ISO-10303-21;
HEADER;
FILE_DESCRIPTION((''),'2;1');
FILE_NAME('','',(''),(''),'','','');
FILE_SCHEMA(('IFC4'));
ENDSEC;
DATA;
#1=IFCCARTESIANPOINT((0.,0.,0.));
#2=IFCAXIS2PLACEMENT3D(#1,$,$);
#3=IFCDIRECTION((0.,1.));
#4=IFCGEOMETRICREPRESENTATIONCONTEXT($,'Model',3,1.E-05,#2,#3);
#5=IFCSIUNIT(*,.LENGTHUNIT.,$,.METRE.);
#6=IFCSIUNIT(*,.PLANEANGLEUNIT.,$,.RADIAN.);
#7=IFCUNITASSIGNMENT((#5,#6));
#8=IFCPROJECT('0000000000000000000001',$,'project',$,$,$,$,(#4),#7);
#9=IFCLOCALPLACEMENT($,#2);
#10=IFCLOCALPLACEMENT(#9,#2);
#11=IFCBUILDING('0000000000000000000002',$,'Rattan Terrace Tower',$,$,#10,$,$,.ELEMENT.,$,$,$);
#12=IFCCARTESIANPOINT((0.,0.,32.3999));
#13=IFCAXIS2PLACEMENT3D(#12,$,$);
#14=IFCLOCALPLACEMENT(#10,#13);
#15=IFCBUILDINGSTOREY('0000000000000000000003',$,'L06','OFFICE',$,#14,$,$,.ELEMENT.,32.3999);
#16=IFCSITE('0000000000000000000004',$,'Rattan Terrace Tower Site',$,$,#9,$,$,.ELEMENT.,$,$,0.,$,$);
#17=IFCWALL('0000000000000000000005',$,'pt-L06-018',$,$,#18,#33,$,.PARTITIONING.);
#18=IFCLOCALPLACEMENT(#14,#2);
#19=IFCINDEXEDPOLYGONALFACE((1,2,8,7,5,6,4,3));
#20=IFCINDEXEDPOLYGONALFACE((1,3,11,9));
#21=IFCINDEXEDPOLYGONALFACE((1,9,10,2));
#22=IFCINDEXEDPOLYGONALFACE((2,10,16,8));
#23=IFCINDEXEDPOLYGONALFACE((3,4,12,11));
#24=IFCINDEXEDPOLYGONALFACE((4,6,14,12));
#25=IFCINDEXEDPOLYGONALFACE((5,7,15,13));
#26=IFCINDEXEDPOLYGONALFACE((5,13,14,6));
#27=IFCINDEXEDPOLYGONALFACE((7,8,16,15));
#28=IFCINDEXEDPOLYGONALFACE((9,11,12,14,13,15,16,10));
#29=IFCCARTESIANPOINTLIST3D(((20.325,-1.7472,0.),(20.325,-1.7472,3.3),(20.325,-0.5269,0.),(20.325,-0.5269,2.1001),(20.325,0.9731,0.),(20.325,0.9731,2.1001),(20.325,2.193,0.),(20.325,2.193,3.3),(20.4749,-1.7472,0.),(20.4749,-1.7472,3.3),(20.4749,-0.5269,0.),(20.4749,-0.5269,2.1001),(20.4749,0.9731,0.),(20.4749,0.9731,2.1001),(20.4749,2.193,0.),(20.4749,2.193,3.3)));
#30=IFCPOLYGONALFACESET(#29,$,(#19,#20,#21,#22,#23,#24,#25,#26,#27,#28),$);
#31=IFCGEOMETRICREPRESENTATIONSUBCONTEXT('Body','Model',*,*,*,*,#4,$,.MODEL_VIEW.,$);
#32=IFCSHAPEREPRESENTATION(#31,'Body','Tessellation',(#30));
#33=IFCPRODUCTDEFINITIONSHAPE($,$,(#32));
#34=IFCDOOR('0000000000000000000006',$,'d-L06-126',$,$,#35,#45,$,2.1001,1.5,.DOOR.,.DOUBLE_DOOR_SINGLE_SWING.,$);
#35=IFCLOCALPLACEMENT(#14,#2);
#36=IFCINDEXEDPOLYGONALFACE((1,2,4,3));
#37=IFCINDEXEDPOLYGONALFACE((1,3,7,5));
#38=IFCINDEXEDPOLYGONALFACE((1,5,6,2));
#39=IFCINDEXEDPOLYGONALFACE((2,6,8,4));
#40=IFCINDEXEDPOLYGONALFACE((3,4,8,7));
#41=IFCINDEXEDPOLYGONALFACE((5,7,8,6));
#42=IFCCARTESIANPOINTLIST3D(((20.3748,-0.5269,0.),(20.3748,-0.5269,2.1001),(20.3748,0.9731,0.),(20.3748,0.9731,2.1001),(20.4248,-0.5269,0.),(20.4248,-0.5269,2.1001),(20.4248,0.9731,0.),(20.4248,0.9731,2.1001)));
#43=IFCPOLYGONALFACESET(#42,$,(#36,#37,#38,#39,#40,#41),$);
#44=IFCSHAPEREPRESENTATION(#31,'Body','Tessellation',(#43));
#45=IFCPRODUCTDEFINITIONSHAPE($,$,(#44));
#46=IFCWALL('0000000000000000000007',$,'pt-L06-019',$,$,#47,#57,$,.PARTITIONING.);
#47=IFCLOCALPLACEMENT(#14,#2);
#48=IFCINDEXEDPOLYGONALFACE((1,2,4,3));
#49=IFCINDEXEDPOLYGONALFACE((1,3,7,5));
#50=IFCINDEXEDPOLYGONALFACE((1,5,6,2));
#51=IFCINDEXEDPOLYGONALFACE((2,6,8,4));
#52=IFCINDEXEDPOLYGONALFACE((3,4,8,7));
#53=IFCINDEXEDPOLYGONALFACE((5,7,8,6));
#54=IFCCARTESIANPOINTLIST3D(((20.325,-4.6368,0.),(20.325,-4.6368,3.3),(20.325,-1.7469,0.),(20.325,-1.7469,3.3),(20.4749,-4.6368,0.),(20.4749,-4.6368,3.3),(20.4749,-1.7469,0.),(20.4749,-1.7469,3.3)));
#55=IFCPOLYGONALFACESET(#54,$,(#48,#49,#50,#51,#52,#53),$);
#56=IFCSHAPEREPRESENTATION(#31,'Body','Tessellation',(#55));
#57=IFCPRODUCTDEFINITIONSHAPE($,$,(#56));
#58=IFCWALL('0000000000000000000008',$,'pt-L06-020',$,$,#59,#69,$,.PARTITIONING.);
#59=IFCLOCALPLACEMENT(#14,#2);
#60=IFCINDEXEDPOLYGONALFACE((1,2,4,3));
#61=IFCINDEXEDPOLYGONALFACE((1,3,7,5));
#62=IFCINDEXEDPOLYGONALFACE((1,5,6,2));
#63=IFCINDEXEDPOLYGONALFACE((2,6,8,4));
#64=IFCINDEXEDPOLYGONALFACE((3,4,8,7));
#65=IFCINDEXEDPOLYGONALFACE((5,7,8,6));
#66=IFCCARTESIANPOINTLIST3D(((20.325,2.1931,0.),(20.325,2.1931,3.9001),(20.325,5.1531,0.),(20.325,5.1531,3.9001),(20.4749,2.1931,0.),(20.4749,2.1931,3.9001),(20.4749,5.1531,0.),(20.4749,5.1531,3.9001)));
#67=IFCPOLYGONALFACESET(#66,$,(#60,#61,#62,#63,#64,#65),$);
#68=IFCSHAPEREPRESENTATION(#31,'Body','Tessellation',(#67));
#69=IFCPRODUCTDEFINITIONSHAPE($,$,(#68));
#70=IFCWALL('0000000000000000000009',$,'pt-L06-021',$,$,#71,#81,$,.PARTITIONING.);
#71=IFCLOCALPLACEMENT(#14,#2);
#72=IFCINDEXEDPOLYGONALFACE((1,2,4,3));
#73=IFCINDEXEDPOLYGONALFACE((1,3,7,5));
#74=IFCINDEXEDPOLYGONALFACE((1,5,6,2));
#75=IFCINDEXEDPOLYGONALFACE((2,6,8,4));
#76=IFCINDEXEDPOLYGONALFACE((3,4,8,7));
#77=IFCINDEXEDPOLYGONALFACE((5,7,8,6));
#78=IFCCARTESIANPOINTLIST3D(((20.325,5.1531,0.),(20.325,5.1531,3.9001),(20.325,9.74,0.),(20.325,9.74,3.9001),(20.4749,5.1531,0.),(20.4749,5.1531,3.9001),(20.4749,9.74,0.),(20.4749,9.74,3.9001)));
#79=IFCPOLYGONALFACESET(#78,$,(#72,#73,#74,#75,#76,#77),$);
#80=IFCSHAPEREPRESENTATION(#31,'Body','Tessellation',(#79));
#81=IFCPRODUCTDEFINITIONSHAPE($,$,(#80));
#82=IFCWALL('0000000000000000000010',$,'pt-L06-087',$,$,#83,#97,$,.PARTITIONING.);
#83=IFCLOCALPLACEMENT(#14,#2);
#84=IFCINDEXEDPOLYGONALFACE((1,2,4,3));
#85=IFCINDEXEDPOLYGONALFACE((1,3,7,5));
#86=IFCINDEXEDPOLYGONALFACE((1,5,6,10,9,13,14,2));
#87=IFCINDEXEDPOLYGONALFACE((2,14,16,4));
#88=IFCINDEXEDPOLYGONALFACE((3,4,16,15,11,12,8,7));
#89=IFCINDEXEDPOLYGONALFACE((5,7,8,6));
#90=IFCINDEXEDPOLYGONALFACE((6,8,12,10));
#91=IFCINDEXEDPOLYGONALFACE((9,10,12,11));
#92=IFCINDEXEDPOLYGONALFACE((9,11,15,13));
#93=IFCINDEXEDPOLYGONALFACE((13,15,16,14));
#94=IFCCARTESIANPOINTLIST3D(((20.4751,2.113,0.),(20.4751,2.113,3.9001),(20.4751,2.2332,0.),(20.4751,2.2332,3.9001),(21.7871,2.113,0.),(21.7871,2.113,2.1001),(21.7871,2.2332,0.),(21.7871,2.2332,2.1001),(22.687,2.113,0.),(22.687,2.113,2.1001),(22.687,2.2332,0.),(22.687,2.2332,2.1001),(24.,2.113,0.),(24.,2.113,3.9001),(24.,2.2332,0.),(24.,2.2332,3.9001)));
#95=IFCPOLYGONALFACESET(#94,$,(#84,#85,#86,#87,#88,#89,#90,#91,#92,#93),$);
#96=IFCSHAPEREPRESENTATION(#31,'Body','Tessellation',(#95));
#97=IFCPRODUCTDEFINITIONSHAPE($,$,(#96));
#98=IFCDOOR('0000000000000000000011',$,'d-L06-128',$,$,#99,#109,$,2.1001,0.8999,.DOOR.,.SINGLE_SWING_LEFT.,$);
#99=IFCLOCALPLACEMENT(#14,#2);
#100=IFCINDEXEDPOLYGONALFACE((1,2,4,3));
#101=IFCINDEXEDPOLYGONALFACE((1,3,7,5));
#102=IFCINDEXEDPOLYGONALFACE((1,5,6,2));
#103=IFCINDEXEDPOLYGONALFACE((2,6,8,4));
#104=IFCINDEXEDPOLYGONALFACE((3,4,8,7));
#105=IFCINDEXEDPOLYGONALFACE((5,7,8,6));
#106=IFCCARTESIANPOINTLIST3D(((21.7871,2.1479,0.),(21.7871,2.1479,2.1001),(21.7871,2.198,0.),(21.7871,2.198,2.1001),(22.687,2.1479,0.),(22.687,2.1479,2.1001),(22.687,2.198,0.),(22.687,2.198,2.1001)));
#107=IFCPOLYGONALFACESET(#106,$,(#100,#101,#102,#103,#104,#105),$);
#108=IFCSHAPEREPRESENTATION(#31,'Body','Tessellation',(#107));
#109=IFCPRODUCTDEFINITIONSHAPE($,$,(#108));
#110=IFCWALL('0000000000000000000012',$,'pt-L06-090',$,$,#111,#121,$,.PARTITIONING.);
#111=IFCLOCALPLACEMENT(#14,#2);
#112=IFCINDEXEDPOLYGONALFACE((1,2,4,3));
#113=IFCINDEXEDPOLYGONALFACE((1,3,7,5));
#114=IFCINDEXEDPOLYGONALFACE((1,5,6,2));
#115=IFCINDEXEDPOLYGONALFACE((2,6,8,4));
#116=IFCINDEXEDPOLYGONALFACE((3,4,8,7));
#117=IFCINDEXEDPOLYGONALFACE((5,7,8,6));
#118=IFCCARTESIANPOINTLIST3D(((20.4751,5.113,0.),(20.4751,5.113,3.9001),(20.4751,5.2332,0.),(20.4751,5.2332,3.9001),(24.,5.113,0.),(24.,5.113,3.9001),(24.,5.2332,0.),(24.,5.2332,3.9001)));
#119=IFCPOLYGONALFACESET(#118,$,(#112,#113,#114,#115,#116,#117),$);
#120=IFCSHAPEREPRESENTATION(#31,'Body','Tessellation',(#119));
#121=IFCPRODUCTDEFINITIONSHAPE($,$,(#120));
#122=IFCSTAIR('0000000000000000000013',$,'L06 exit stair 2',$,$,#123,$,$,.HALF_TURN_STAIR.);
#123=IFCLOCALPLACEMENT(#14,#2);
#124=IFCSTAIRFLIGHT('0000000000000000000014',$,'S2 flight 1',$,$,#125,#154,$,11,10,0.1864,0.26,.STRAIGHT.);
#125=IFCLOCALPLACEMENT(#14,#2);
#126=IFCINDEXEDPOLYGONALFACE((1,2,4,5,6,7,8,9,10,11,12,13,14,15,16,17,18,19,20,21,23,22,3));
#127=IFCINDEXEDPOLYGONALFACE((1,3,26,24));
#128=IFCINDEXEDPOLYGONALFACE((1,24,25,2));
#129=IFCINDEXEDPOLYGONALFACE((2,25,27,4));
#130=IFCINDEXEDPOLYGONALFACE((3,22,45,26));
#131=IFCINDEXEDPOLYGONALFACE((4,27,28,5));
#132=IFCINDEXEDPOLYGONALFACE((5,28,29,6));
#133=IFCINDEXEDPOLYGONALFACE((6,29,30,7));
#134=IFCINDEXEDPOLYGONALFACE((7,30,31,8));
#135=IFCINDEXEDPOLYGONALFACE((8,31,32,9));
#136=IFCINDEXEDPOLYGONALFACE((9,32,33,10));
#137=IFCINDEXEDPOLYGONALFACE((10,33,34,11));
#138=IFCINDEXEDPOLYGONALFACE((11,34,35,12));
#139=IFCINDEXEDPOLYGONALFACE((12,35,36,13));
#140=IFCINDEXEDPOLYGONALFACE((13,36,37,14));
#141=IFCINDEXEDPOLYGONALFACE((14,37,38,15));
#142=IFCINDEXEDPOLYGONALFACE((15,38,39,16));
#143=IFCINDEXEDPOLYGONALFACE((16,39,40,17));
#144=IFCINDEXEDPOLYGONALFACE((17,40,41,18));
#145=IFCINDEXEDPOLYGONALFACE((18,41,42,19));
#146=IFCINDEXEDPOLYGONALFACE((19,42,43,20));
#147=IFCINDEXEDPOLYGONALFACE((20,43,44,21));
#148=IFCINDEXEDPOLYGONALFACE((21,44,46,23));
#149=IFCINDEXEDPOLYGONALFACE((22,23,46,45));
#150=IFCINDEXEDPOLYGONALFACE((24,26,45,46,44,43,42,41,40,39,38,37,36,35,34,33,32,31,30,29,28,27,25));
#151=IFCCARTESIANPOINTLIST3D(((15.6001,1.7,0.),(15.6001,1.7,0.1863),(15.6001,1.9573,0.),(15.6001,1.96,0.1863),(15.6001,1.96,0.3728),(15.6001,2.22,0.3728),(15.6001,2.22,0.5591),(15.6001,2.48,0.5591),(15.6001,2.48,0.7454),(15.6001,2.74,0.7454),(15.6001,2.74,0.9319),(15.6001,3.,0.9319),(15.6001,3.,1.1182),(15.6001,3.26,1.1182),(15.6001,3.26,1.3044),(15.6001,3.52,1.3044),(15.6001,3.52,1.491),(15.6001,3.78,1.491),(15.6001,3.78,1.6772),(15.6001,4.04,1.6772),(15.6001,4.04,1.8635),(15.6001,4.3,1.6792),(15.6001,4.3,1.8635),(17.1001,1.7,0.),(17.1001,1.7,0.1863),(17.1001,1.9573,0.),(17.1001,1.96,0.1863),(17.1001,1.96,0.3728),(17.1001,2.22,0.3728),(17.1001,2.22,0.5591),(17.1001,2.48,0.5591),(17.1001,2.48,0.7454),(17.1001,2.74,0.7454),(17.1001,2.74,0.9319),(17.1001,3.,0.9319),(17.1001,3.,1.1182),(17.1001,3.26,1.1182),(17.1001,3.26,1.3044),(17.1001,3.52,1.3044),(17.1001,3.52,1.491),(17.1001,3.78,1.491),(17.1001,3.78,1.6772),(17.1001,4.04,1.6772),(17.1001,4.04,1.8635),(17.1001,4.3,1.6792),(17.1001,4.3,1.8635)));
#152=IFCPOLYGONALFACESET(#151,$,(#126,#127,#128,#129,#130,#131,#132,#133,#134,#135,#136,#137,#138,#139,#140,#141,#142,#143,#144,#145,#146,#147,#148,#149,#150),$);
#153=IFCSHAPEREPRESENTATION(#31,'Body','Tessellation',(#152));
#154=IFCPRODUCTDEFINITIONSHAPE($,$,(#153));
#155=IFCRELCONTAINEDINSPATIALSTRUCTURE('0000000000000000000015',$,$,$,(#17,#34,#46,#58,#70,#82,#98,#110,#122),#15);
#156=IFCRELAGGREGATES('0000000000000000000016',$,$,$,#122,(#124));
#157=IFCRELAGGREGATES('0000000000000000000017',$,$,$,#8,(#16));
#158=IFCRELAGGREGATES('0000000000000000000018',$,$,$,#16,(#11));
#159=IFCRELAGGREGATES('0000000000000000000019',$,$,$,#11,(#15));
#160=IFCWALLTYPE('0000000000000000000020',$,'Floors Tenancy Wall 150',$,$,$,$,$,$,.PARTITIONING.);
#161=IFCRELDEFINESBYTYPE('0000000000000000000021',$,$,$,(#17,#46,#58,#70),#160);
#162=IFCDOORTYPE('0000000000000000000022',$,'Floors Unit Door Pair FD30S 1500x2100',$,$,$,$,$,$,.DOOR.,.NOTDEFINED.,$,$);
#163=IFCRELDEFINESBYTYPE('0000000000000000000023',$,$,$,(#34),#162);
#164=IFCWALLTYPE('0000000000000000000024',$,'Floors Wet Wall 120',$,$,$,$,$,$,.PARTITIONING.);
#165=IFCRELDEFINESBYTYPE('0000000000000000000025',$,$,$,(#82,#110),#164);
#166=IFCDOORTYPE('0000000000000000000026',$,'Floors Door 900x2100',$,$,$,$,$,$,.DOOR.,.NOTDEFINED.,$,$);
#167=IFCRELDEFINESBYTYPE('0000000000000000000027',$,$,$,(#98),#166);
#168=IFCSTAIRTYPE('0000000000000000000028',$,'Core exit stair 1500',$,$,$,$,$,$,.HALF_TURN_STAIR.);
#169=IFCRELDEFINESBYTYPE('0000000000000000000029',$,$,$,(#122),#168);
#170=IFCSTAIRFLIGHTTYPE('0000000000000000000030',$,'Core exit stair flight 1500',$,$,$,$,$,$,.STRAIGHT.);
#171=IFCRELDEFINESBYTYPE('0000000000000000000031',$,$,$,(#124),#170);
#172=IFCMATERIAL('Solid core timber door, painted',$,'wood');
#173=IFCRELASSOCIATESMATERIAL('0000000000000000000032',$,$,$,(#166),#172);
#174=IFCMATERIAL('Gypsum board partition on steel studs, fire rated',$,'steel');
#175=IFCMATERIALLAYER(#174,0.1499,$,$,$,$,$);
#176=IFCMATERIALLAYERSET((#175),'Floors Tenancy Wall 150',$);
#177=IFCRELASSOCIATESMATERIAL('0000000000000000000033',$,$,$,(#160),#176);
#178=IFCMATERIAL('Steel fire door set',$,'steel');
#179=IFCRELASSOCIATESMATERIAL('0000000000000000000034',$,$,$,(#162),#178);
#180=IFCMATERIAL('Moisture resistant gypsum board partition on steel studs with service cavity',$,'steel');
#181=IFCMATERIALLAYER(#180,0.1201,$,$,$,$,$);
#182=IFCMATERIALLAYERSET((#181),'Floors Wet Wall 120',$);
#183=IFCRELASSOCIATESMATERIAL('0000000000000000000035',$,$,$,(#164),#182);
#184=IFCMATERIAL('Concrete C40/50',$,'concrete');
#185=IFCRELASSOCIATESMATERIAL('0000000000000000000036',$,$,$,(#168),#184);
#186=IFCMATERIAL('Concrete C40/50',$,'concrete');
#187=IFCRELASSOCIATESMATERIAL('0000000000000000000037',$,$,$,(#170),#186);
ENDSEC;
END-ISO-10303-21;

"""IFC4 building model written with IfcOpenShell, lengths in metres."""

from ifc_helpers import new_model, si_unit, direction, frame, frame_2d, origin, place, context, subcontext, project, spatial, polyline, rectangle, outline, extrude, material, layer, layer_set, type_object, element, fill, aggregate, save


model = new_model("IFC4")

# Units and contexts
model_context = context("Model", 3, precision=1e-05, world=origin(), true_north=direction((0.0, 1.0)))
body_context = subcontext(model_context, "Body", "Model", "MODEL_VIEW")
ifc_project = project(units=[si_unit("LENGTHUNIT", "METRE"), si_unit("PLANEANGLEUNIT", "RADIAN")], contexts=[model_context])

# Site, building, storey
site_placement = place(None, origin())
site = spatial("IfcSite", under=ifc_project, at=site_placement, Name="Rattan Terrace Tower Site", CompositionType="ELEMENT", RefElevation=0.0)
building_placement = place(site_placement, origin())
building = spatial("IfcBuilding", under=site, at=building_placement, Name="Rattan Terrace Tower", CompositionType="ELEMENT")
storey_placement = place(building_placement, frame((0.0, 0.0, 32.3999)))
storey = spatial("IfcBuildingStorey", under=building, at=storey_placement, Name="L06", Description="OFFICE", CompositionType="ELEMENT", Elevation=32.3999)

# Wall, opening, door
ifc_material_1 = material(Name="Solid core timber door, painted", Category="wood")
door_type_1 = type_object("IfcDoorType", Name="Floors Door 900x2100", OperationType="NOTDEFINED", PredefinedType="DOOR", material=ifc_material_1)
ifc_material_2 = material(Name="Gypsum board partition on steel studs, fire rated", Category="steel")
ifc_layer_1 = layer(ifc_material_2, 0.1499)
ifc_layer_set_1 = layer_set([ifc_layer_1], Name="Floors Tenancy Wall 150")
wall_type_1 = type_object("IfcWallType", Name="Floors Tenancy Wall 150", PredefinedType="PARTITIONING", material=ifc_layer_set_1)
wall_1_placement = place(storey_placement, frame((20.3999, 2.1931, 0.0), z_axis=(0.0, 0.0, 1.0), x_axis=(0.0, -1.0, 0.0)))
wall_1 = element("IfcWall", 1, at=wall_1_placement, inside=storey, type_object=wall_type_1, Name="pt-L06-018", PredefinedType="PARTITIONING", context=body_context, shape_type="SweptSolid", body=[
    extrude(rectangle(XDim=3.9402, YDim=0.1499, at=frame_2d((1.9702, 0.0))), origin(), (0.0, 0.0, 1.0), 3.3),
])
opening_1_placement = place(wall_1_placement, frame((1.22, 0.0, 0.0)))
opening_1 = element("IfcOpeningElement", 2, at=opening_1_placement, cuts=wall_1, PredefinedType="OPENING", context=body_context, shape_type="SweptSolid", body=[
    extrude(rectangle(XDim=1.5, YDim=2.1001, at=frame_2d((0.75, 1.05))), frame((0.0, 0.0854, 0.0), z_axis=(0.0, -1.0, 0.0), x_axis=(1.0, 0.0, 0.0)), (0.0, 0.0, 1.0), 0.1709),
])
ifc_material_3 = material(Name="Steel fire door set", Category="steel")
door_type_2 = type_object("IfcDoorType", Name="Floors Unit Door Pair FD30S 1500x2100", OperationType="NOTDEFINED", PredefinedType="DOOR", material=ifc_material_3)
door_1_placement = place(opening_1_placement, origin())
door_1 = element("IfcDoor", 3, at=door_1_placement, inside=storey, type_object=door_type_2, Name="d-L06-126", OperationType="DOUBLE_DOOR_SINGLE_SWING", OverallHeight=2.1001, OverallWidth=1.5, PredefinedType="DOOR", context=body_context, shape_type="SweptSolid", body=[
    extrude(rectangle(XDim=1.5, YDim=2.1001, at=frame_2d((0.75, 1.05))), frame((0.0, 0.0249, 0.0), z_axis=(0.0, -1.0, 0.0), x_axis=(1.0, 0.0, 0.0)), (0.0, 0.0, 1.0), 0.05),
])
fill(opening_1, door_1)

# Walls
wall_2_placement = place(storey_placement, frame((20.3999, -1.7471, 0.0), z_axis=(0.0, 0.0, 1.0), x_axis=(0.0, -1.0, 0.0)))
element("IfcWall", 4, at=wall_2_placement, inside=storey, type_object=wall_type_1, Name="pt-L06-019", PredefinedType="PARTITIONING", context=body_context, shape_type="SweptSolid", body=[
    extrude(rectangle(XDim=2.8899, YDim=0.1499, at=frame_2d((1.4448, 0.0))), origin(), (0.0, 0.0, 1.0), 3.3),
])
wall_3_placement = place(storey_placement, frame((20.3999, 5.1531, 0.0), z_axis=(0.0, 0.0, 1.0), x_axis=(0.0, -1.0, 0.0)))
element("IfcWall", 5, at=wall_3_placement, inside=storey, type_object=wall_type_1, Name="pt-L06-020", PredefinedType="PARTITIONING", context=body_context, shape_type="SweptSolid", body=[
    extrude(rectangle(XDim=2.96, YDim=0.1499, at=frame_2d((1.48, 0.0))), origin(), (0.0, 0.0, 1.0), 3.9001),
])
wall_4_placement = place(storey_placement, frame((20.3999, 9.74, 0.0), z_axis=(0.0, 0.0, 1.0), x_axis=(0.0, -1.0, 0.0)))
element("IfcWall", 6, at=wall_4_placement, inside=storey, type_object=wall_type_1, Name="pt-L06-021", PredefinedType="PARTITIONING", context=body_context, shape_type="SweptSolid", body=[
    extrude(rectangle(XDim=4.5869, YDim=0.1499, at=frame_2d((2.2935, 0.0))), origin(), (0.0, 0.0, 1.0), 3.9001),
])

# Wall, opening, door
ifc_material_4 = material(Name="Moisture resistant gypsum board partition on steel studs with service cavity", Category="steel")
ifc_layer_2 = layer(ifc_material_4, 0.1201)
ifc_layer_set_2 = layer_set([ifc_layer_2], Name="Floors Wet Wall 120")
wall_type_2 = type_object("IfcWallType", Name="Floors Wet Wall 120", PredefinedType="PARTITIONING", material=ifc_layer_set_2)
wall_5_placement = place(storey_placement, frame((20.4751, 2.1731, 0.0), z_axis=(0.0, 0.0, 1.0), x_axis=(1.0, 0.0, 0.0)))
wall_5 = element("IfcWall", 7, at=wall_5_placement, inside=storey, type_object=wall_type_2, Name="pt-L06-087", PredefinedType="PARTITIONING", context=body_context, shape_type="SweptSolid", body=[
    extrude(rectangle(XDim=3.5249, YDim=0.1201, at=frame_2d((1.7625, 0.0))), origin(), (0.0, 0.0, 1.0), 3.9001),
])
opening_2_placement = place(wall_5_placement, frame((1.312, 0.0, 0.0)))
opening_2 = element("IfcOpeningElement", 8, at=opening_2_placement, cuts=wall_5, PredefinedType="OPENING", context=body_context, shape_type="SweptSolid", body=[
    extrude(rectangle(XDim=0.8999, YDim=2.1001, at=frame_2d((0.45, 1.05))), frame((0.0, 0.0706, 0.0), z_axis=(0.0, -1.0, 0.0), x_axis=(1.0, 0.0, 0.0)), (0.0, 0.0, 1.0), 0.1411),
])
door_2_placement = place(opening_2_placement, origin())
door_2 = element("IfcDoor", 9, at=door_2_placement, inside=storey, type_object=door_type_1, Name="d-L06-128", OperationType="SINGLE_SWING_LEFT", OverallHeight=2.1001, OverallWidth=0.8999, PredefinedType="DOOR", context=body_context, shape_type="SweptSolid", body=[
    extrude(rectangle(XDim=0.8999, YDim=2.1001, at=frame_2d((0.45, 1.05))), frame((0.0, 0.0249, 0.0), z_axis=(0.0, -1.0, 0.0), x_axis=(1.0, 0.0, 0.0)), (0.0, 0.0, 1.0), 0.05),
])
fill(opening_2, door_2)

# Wall
wall_6_placement = place(storey_placement, frame((20.4751, 5.1731, 0.0), z_axis=(0.0, 0.0, 1.0), x_axis=(1.0, 0.0, 0.0)))
element("IfcWall", 10, at=wall_6_placement, inside=storey, type_object=wall_type_2, Name="pt-L06-090", PredefinedType="PARTITIONING", context=body_context, shape_type="SweptSolid", body=[
    extrude(rectangle(XDim=3.5249, YDim=0.1201, at=frame_2d((1.7625, 0.0))), origin(), (0.0, 0.0, 1.0), 3.9001),
])

# Stair, stair flight
ifc_material_5 = material(Name="Concrete C40/50", Category="concrete")
stair_type = type_object("IfcStairType", Name="Core exit stair 1500", PredefinedType="HALF_TURN_STAIR", material=ifc_material_5)
stair_placement = place(storey_placement, origin())
stair = element("IfcStair", 11, at=stair_placement, inside=storey, type_object=stair_type, Name="L06 exit stair 2", PredefinedType="HALF_TURN_STAIR")
ifc_material_6 = material(Name="Concrete C40/50", Category="concrete")
stair_flight_type = type_object("IfcStairFlightType", Name="Core exit stair flight 1500", PredefinedType="STRAIGHT", material=ifc_material_6)
stair_flight_placement = place(storey_placement, frame((16.3501, 1.7, 0.0), z_axis=(0.0, 0.0, 1.0), x_axis=(0.0, 1.0, 0.0)))
stair_flight = element("IfcStairFlight", 12, at=stair_flight_placement, type_object=stair_flight_type, Name="S2 flight 1", NumberOfRisers=11, NumberOfTreads=10, PredefinedType="STRAIGHT", RiserHeight=0.1864, TreadLength=0.26, context=body_context, shape_type="SweptSolid", body=[
    extrude(outline(polyline([(0.0, 0.0), (0.0, 0.1863), (0.26, 0.1863), (0.26, 0.3728), (0.52, 0.3728), (0.52, 0.5591), (0.78, 0.5591), (0.78, 0.7454), (1.04, 0.7454), (1.04, 0.9319), (1.3, 0.9319), (1.3, 1.1182), (1.5601, 1.1182), (1.5601, 1.3044), (1.8201, 1.3044), (1.8201, 1.491), (2.0801, 1.491), (2.0801, 1.6772), (2.3401, 1.6772), (2.3401, 1.8635), (2.6001, 1.8635), (2.6001, 2.05), (2.6001, 1.6792), (0.2573, 0.0), (0.0, 0.0)])), frame((0.0, 0.75, 0.0), z_axis=(0.0, -1.0, 0.0), x_axis=(1.0, 0.0, 0.0)), (0.0, 0.0, 1.0), 1.5),
])
aggregate(stair, [stair_flight])

save(model, "model.ifc")
